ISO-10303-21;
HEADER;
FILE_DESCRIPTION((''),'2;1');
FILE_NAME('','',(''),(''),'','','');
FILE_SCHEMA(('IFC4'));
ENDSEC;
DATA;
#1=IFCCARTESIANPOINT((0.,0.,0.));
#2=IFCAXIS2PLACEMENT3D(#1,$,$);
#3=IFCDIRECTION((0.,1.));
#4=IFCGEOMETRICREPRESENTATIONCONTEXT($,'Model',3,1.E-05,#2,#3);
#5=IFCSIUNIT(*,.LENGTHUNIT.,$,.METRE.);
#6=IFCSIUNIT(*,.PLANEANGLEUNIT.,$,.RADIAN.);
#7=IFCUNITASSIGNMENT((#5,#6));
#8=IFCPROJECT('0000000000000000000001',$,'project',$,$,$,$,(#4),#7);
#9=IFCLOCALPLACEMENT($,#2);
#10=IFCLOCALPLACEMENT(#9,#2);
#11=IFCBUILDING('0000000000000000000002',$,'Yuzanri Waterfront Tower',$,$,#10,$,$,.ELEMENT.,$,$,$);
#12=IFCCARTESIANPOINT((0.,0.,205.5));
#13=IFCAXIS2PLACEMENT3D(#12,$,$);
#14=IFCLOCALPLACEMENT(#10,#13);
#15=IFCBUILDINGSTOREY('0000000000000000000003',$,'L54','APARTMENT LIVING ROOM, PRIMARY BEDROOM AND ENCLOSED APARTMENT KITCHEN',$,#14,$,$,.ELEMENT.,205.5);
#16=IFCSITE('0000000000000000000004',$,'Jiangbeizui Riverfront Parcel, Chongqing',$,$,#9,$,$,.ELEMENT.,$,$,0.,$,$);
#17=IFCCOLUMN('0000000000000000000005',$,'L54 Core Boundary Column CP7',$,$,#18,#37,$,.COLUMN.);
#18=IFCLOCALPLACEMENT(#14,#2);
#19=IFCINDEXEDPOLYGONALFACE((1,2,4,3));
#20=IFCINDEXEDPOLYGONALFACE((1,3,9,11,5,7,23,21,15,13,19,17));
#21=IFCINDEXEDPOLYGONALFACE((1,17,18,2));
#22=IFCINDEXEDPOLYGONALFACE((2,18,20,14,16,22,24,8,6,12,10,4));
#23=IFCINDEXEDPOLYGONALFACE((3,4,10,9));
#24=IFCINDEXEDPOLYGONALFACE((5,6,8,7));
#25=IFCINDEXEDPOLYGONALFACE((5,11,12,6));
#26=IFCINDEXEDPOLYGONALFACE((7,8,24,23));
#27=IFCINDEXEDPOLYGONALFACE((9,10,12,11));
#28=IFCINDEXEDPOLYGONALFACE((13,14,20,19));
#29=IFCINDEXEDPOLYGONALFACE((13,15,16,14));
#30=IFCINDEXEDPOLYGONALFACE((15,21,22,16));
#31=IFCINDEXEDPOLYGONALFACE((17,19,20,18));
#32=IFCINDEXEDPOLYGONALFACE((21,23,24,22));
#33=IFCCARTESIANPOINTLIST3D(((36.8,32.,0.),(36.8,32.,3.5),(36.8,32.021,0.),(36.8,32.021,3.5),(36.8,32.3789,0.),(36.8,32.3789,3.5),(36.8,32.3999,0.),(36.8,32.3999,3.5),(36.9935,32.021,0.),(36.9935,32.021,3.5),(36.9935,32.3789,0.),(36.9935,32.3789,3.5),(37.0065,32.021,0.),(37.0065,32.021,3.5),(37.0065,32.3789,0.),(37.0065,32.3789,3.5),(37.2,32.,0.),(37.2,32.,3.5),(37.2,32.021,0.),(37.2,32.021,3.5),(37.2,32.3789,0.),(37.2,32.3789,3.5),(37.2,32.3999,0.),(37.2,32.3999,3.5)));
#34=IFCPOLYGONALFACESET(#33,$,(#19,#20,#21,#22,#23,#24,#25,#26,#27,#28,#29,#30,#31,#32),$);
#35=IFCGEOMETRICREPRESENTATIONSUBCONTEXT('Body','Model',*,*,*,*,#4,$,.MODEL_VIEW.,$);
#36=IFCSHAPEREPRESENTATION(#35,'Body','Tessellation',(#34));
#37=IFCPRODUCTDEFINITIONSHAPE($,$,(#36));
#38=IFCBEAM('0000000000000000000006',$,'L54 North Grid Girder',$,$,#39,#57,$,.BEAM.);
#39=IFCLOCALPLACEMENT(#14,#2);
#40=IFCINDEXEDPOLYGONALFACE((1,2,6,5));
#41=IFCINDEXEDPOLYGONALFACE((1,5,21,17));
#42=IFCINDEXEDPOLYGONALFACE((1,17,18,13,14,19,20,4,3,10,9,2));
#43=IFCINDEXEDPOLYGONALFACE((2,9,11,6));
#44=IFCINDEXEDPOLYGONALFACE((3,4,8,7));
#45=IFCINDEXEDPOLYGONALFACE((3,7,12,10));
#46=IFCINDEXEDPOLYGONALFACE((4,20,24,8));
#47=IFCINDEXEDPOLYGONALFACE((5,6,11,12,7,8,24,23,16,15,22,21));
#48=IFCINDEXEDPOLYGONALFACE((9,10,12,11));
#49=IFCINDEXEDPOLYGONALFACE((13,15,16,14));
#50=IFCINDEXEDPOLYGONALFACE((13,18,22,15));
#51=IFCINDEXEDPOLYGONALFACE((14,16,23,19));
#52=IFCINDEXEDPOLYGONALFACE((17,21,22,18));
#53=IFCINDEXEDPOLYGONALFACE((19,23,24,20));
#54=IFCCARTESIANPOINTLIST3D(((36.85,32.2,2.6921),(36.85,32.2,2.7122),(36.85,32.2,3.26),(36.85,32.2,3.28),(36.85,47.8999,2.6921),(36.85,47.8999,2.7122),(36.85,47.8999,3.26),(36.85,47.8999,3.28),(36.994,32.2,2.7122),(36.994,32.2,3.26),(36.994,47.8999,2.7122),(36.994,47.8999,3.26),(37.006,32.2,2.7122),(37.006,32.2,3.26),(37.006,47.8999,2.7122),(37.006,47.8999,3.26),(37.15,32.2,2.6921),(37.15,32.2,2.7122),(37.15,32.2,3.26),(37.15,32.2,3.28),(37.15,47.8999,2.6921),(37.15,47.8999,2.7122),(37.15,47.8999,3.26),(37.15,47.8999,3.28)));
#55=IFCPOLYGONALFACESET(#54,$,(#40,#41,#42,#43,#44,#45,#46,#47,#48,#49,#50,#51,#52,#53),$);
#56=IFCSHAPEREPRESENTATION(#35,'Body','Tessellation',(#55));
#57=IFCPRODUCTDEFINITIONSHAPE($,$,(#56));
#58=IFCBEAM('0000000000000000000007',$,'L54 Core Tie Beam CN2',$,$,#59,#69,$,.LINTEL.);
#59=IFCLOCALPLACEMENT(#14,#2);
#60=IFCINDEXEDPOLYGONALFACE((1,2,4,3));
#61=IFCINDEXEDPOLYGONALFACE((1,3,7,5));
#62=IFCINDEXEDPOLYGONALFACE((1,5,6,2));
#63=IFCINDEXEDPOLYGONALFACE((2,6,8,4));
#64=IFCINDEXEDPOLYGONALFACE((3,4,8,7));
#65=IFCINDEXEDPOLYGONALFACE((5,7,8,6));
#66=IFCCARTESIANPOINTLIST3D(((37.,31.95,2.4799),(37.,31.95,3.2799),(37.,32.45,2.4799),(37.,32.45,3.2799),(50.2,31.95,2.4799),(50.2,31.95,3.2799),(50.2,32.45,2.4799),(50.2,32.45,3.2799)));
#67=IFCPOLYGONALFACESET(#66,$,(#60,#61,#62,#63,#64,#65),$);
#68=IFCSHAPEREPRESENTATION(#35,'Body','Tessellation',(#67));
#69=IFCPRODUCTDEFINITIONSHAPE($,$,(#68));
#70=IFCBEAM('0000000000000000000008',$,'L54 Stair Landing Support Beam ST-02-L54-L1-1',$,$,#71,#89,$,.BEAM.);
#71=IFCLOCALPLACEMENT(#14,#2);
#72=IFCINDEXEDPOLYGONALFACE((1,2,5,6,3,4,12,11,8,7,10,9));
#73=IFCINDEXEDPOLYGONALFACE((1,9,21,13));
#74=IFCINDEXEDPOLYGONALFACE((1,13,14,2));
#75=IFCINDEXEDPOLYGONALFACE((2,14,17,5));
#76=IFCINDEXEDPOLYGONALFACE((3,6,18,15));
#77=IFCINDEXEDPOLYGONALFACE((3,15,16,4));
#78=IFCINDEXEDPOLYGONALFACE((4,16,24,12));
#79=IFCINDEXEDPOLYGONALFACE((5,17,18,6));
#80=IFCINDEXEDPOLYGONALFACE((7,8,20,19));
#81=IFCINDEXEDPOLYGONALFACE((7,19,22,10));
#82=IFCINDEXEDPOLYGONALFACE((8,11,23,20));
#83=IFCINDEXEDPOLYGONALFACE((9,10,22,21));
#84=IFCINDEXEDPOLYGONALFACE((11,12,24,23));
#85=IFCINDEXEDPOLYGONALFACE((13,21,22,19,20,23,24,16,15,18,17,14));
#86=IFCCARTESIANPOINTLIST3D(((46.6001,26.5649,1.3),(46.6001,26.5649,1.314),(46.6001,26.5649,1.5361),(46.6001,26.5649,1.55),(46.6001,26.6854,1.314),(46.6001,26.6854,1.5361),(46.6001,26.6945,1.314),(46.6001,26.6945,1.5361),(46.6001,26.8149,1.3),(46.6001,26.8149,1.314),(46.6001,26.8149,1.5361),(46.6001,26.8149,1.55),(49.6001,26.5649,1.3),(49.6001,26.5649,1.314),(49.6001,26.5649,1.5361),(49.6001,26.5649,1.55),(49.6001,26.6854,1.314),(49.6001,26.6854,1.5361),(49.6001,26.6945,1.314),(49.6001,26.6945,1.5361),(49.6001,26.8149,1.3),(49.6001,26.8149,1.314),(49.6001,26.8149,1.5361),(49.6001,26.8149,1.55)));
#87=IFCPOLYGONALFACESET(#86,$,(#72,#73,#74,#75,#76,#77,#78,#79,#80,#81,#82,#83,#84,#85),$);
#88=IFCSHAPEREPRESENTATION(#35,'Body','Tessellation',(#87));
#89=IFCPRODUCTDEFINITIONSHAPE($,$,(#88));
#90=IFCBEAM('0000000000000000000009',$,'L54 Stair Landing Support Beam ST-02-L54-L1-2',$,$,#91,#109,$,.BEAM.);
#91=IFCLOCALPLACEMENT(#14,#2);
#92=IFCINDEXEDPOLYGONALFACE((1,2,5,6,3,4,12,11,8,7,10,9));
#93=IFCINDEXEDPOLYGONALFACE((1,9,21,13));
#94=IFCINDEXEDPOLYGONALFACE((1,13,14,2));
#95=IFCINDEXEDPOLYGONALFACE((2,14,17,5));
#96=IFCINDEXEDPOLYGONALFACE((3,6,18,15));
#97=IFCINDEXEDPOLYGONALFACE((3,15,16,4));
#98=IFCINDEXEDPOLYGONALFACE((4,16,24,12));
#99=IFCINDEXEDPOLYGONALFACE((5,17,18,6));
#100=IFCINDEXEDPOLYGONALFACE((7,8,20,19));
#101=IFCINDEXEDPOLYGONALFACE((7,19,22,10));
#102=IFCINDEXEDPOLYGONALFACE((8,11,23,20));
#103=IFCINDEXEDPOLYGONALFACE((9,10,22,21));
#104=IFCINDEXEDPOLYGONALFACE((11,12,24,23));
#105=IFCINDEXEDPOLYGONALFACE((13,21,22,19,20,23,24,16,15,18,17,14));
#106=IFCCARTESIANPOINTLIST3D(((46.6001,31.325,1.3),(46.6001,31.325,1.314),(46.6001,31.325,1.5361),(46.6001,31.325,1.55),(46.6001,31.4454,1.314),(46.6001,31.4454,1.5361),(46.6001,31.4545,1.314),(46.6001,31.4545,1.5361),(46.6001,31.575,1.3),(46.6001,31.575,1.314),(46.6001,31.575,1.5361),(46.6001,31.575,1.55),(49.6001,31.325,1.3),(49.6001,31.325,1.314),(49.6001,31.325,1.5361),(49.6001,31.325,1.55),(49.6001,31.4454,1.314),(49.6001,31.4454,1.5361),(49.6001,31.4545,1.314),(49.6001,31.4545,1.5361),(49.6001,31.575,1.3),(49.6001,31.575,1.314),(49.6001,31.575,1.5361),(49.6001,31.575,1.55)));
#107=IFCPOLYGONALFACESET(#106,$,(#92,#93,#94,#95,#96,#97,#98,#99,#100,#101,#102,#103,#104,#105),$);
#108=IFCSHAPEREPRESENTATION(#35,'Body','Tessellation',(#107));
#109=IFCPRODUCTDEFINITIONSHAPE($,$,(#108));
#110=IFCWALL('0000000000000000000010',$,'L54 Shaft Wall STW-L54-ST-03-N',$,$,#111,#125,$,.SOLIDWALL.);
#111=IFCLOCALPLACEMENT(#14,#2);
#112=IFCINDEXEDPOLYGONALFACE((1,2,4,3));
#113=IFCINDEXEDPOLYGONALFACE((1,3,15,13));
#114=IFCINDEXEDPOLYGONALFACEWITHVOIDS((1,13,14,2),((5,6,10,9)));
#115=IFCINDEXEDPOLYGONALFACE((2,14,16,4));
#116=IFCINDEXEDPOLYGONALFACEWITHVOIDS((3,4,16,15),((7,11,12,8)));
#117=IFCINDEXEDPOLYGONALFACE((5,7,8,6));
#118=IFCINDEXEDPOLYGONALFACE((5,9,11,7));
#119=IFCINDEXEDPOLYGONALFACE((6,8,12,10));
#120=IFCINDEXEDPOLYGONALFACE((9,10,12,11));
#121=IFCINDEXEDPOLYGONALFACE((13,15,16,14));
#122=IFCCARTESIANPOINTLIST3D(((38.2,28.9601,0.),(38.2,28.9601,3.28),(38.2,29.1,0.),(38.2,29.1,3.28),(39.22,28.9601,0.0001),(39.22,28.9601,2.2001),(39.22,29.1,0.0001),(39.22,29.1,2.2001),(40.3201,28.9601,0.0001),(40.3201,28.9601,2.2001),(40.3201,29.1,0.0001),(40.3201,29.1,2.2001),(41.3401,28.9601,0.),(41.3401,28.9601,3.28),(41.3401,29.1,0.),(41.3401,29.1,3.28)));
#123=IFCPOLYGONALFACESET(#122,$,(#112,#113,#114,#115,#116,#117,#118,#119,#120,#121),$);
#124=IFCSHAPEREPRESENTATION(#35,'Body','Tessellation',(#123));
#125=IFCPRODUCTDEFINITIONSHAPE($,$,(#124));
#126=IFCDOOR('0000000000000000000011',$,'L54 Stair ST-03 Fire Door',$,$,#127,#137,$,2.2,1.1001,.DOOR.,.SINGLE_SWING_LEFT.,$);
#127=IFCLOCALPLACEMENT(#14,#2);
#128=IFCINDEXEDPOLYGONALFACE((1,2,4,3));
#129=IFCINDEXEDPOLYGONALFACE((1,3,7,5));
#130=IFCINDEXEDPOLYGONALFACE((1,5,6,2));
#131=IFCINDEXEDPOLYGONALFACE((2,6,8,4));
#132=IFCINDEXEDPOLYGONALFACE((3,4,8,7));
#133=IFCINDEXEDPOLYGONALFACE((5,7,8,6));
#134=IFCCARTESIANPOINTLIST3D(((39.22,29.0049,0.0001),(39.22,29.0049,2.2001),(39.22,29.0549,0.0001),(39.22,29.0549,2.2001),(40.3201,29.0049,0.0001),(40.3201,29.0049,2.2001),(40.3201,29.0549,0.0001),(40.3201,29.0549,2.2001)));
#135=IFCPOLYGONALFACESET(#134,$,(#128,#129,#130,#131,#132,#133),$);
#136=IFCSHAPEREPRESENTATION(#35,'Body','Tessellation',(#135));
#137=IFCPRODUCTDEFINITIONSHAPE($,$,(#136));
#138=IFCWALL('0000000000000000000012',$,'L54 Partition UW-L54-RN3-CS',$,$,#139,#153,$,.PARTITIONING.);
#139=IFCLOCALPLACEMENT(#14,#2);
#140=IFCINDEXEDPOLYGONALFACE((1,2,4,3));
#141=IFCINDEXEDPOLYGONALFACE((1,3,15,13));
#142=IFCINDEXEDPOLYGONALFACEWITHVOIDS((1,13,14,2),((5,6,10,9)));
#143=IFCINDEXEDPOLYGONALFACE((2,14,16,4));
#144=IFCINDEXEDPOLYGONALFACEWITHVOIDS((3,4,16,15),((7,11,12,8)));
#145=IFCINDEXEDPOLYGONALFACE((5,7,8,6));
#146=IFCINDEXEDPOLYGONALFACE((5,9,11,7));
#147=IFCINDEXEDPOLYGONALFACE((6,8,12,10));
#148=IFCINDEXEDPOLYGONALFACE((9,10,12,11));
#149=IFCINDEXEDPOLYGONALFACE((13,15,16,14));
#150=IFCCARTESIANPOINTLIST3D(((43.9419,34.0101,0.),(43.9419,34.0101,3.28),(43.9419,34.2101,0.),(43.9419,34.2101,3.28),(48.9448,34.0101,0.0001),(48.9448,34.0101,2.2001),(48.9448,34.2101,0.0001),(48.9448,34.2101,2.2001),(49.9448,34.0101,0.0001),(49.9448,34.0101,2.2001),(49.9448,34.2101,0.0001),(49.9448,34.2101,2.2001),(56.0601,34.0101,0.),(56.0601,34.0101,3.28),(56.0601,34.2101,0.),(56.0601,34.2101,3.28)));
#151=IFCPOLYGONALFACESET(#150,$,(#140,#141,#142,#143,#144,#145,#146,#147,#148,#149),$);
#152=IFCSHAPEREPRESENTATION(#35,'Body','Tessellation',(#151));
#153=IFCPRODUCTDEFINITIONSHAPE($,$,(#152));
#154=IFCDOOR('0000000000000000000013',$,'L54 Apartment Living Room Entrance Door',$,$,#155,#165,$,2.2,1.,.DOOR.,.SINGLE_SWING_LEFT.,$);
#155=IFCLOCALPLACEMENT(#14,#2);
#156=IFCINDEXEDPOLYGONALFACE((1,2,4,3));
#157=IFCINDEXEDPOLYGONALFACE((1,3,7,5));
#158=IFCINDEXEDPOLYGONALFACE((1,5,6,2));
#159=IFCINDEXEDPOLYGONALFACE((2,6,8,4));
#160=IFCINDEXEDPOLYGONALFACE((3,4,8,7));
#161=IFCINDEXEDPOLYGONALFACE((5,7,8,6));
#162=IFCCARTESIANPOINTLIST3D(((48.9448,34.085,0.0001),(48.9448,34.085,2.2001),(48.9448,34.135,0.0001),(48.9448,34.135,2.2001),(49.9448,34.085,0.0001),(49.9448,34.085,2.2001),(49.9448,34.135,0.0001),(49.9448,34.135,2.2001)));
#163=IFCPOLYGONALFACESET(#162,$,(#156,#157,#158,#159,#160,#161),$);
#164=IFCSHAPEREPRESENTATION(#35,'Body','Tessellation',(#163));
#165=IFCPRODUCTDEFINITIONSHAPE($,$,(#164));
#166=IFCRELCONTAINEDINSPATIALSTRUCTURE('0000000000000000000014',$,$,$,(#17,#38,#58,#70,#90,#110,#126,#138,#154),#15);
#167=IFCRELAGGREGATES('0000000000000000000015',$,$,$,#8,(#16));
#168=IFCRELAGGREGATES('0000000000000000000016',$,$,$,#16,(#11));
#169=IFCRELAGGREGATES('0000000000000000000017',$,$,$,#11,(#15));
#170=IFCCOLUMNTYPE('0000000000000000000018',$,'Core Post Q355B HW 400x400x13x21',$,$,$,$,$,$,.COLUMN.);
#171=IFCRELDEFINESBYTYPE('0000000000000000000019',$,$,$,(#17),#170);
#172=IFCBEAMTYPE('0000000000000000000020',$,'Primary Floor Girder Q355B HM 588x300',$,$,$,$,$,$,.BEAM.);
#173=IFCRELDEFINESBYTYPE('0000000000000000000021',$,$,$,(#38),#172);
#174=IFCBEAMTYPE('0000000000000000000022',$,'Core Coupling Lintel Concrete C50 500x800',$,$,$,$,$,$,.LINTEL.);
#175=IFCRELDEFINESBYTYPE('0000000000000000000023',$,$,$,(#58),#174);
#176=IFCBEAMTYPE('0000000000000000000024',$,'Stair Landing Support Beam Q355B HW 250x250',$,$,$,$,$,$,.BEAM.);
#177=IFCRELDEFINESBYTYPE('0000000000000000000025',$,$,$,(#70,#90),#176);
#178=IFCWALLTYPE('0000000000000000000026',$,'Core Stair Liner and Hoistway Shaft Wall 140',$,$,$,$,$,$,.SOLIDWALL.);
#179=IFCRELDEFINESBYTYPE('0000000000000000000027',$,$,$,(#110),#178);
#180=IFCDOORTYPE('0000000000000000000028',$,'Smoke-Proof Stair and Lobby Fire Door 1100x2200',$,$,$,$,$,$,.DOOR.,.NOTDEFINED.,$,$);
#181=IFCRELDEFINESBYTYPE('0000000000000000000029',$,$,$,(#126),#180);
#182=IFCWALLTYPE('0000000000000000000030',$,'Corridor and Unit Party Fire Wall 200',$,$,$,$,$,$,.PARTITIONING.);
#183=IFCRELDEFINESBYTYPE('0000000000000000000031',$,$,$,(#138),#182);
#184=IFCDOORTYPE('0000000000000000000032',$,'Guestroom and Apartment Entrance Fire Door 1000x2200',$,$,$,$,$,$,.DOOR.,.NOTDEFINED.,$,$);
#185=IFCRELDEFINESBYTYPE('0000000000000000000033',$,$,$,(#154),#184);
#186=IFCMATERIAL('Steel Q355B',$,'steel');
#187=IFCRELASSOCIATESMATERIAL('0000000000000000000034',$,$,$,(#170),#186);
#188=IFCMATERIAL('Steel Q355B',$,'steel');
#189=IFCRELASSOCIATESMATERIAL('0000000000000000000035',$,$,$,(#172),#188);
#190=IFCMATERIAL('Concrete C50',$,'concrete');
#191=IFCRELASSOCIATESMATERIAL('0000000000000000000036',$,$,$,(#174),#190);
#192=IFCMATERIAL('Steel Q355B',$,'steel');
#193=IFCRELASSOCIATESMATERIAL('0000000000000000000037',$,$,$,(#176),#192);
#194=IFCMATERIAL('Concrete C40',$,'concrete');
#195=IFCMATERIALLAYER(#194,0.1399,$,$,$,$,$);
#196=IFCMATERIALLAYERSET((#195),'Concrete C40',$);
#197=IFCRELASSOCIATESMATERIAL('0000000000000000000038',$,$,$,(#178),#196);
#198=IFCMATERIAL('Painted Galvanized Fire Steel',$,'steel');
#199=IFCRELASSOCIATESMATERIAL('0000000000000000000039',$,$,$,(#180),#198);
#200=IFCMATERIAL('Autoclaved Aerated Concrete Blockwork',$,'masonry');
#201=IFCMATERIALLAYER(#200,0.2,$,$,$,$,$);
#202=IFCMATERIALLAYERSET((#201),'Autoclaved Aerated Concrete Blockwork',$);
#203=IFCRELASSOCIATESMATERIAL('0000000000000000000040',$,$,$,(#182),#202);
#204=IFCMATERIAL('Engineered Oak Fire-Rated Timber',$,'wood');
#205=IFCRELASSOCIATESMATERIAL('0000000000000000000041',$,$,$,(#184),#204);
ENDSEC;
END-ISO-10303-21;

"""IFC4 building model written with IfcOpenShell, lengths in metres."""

from ifc_helpers import new_model, si_unit, direction, frame, frame_2d, origin, origin_2d, place, context, subcontext, project, spatial, rectangle, i_section, extrude, source, transform, mapped, material, layer, layer_set, material_profile, profile_set, type_object, element, fill, save


model = new_model("IFC4")

# Units and contexts
model_context = context("Model", 3, precision=1e-05, world=origin(), true_north=direction((0.0, 1.0)))
body_context = subcontext(model_context, "Body", "Model", "MODEL_VIEW")
ifc_project = project(units=[si_unit("LENGTHUNIT", "METRE"), si_unit("PLANEANGLEUNIT", "RADIAN")], contexts=[model_context])

# Site, building, storey
site_placement = place(None, origin())
site = spatial("IfcSite", under=ifc_project, at=site_placement, Name="Jiangbeizui Riverfront Parcel, Chongqing", CompositionType="ELEMENT", RefElevation=0.0)
building_placement = place(site_placement, origin())
building = spatial("IfcBuilding", under=site, at=building_placement, Name="Yuzanri Waterfront Tower", CompositionType="ELEMENT")
storey_placement = place(building_placement, frame((0.0, 0.0, 205.5)))
storey = spatial("IfcBuildingStorey", under=building, at=storey_placement, Name="L54", Description="APARTMENT LIVING ROOM, PRIMARY BEDROOM AND ENCLOSED APARTMENT KITCHEN", CompositionType="ELEMENT", Elevation=205.5)

# Column
ifc_material_1 = material(Name="Steel Q355B", Category="steel")
ifc_material_profile_1 = material_profile(ifc_material_1, i_section(OverallWidth=0.3999, OverallDepth=0.3999, WebThickness=0.0129, FlangeThickness=0.021, at=origin_2d()), Name="HW 400x400x13x21")
ifc_profile_set_1 = profile_set([ifc_material_profile_1], Name="Steel Q355B")
column_type = type_object("IfcColumnType", Name="Core Post Q355B HW 400x400x13x21", PredefinedType="COLUMN", material=ifc_profile_set_1)
shared_shape_1 = source(origin(), body_context, "Body", "SweptSolid", [
    extrude(i_section(OverallWidth=0.3999, OverallDepth=0.3999, WebThickness=0.0129, FlangeThickness=0.021, at=origin_2d()), origin(), (0.0, 0.0, 1.0), 3.5),
])
column_placement = place(storey_placement, frame((37.0, 32.2, 0.0), z_axis=(0.0, 0.0, 1.0), x_axis=(1.0, 0.0, 0.0)))
element("IfcColumn", 1, at=column_placement, inside=storey, type_object=column_type, Name="L54 Core Boundary Column CP7", PredefinedType="COLUMN", context=body_context, shape_type="MappedRepresentation", body=[
    mapped(shared_shape_1, transform((0.0, 0.0, 0.0), scale=1.0)),
])

# Beams
ifc_material_2 = material(Name="Steel Q355B", Category="steel")
ifc_material_profile_2 = material_profile(ifc_material_2, i_section(OverallWidth=0.3, OverallDepth=0.5879, WebThickness=0.012, FlangeThickness=0.02, at=origin_2d()), Name="HM 588x300x12x20")
ifc_profile_set_2 = profile_set([ifc_material_profile_2], Name="Steel Q355B")
beam_type_1 = type_object("IfcBeamType", Name="Primary Floor Girder Q355B HM 588x300", PredefinedType="BEAM", material=ifc_profile_set_2)
shared_shape_2 = source(origin(), body_context, "Body", "SweptSolid", [
    extrude(i_section(OverallWidth=0.3, OverallDepth=0.5879, WebThickness=0.012, FlangeThickness=0.02, at=origin_2d()), origin(), (0.0, 0.0, 1.0), 15.7),
])
beam_1_placement = place(storey_placement, frame((37.0, 32.2, 2.9861), z_axis=(0.0, 1.0, 0.0), x_axis=(-1.0, 0.0, 0.0)))
element("IfcBeam", 2, at=beam_1_placement, inside=storey, type_object=beam_type_1, Name="L54 North Grid Girder", PredefinedType="BEAM", context=body_context, shape_type="MappedRepresentation", body=[
    mapped(shared_shape_2, transform((0.0, 0.0, 0.0), scale=1.0)),
])
ifc_material_3 = material(Name="Concrete C50", Category="concrete")
ifc_material_profile_3 = material_profile(ifc_material_3, rectangle(XDim=0.5, YDim=0.8, at=origin_2d()), Name="RC 500x800")
ifc_profile_set_3 = profile_set([ifc_material_profile_3], Name="Concrete C50")
beam_type_2 = type_object("IfcBeamType", Name="Core Coupling Lintel Concrete C50 500x800", PredefinedType="LINTEL", material=ifc_profile_set_3)
shared_shape_3 = source(origin(), body_context, "Body", "SweptSolid", [
    extrude(rectangle(XDim=0.5, YDim=0.8, at=origin_2d()), origin(), (0.0, 0.0, 1.0), 13.2),
])
beam_2_placement = place(storey_placement, frame((37.0, 32.2, 2.8799), z_axis=(1.0, 0.0, 0.0), x_axis=(0.0, 1.0, 0.0)))
element("IfcBeam", 3, at=beam_2_placement, inside=storey, type_object=beam_type_2, Name="L54 Core Tie Beam CN2", PredefinedType="LINTEL", context=body_context, shape_type="MappedRepresentation", body=[
    mapped(shared_shape_3, transform((0.0, 0.0, 0.0), scale=1.0)),
])
ifc_material_4 = material(Name="Steel Q355B", Category="steel")
ifc_material_profile_4 = material_profile(ifc_material_4, i_section(OverallWidth=0.25, OverallDepth=0.25, WebThickness=0.009, FlangeThickness=0.0139, at=origin_2d()), Name="HW 250x250x9x14")
ifc_profile_set_4 = profile_set([ifc_material_profile_4], Name="Steel Q355B")
beam_type_3 = type_object("IfcBeamType", Name="Stair Landing Support Beam Q355B HW 250x250", PredefinedType="BEAM", material=ifc_profile_set_4)
shared_shape_4 = source(origin(), body_context, "Body", "SweptSolid", [
    extrude(i_section(OverallWidth=0.25, OverallDepth=0.25, WebThickness=0.009, FlangeThickness=0.0139, at=origin_2d()), origin(), (0.0, 0.0, 1.0), 3.0),
])
for number, where, z_axis, x_axis, name in (
    (4, (46.6001, 26.6899, 1.425), (1.0, 0.0, 0.0), (0.0, 1.0, 0.0), "L54 Stair Landing Support Beam ST-02-L54-L1-1"),
    (5, (46.6001, 31.45, 1.425), (1.0, 0.0, 0.0), (0.0, 1.0, 0.0), "L54 Stair Landing Support Beam ST-02-L54-L1-2"),
):
    element("IfcBeam", number, at=place(storey_placement, frame(where, z_axis=z_axis, x_axis=x_axis)), inside=storey, type_object=beam_type_3, Name=name, PredefinedType="BEAM", context=body_context, shape_type="MappedRepresentation", body=[
        mapped(shared_shape_4, transform((0.0, 0.0, 0.0), scale=1.0)),
    ])

# Walls, openings, doors
ifc_material_5 = material(Name="Concrete C40", Category="concrete")
ifc_layer_1 = layer(ifc_material_5, 0.1399)
ifc_layer_set_1 = layer_set([ifc_layer_1], Name="Concrete C40")
wall_type_1 = type_object("IfcWallType", Name="Core Stair Liner and Hoistway Shaft Wall 140", PredefinedType="SOLIDWALL", material=ifc_layer_set_1)
wall_1_placement = place(storey_placement, frame((38.2, 29.03, 0.0), z_axis=(0.0, 0.0, 1.0), x_axis=(1.0, 0.0, 0.0)))
wall_1 = element("IfcWall", 6, at=wall_1_placement, inside=storey, type_object=wall_type_1, Name="L54 Shaft Wall STW-L54-ST-03-N", PredefinedType="SOLIDWALL", context=body_context, shape_type="SweptSolid", body=[
    extrude(rectangle(XDim=3.1401, YDim=0.1399, at=frame_2d((1.5701, 0.0))), origin(), (0.0, 0.0, 1.0), 3.28),
])
opening_1_placement = place(wall_1_placement, frame((1.02, 0.0, 0.0)))
opening_1 = element("IfcOpeningElement", 7, at=opening_1_placement, cuts=wall_1, PredefinedType="OPENING", context=body_context, shape_type="SweptSolid", body=[
    extrude(rectangle(XDim=1.1001, YDim=2.2, at=frame_2d((0.55, 1.1001))), frame((0.0, 0.085, 0.0), z_axis=(0.0, -1.0, 0.0), x_axis=(1.0, 0.0, 0.0)), (0.0, 0.0, 1.0), 0.1697),
])
ifc_material_6 = material(Name="Painted Galvanized Fire Steel", Category="steel")
door_type_1 = type_object("IfcDoorType", Name="Smoke-Proof Stair and Lobby Fire Door 1100x2200", OperationType="NOTDEFINED", PredefinedType="DOOR", material=ifc_material_6)
shared_shape_5 = source(origin(), body_context, "Body", "SweptSolid", [
    extrude(rectangle(XDim=1.1001, YDim=2.2, at=frame_2d((0.55, 1.1001))), frame((0.0, 0.0249, 0.0), z_axis=(0.0, -1.0, 0.0), x_axis=(1.0, 0.0, 0.0)), (0.0, 0.0, 1.0), 0.05),
])
door_1_placement = place(opening_1_placement, origin())
door_1 = element("IfcDoor", 8, at=door_1_placement, inside=storey, type_object=door_type_1, Name="L54 Stair ST-03 Fire Door", OperationType="SINGLE_SWING_LEFT", OverallHeight=2.2, OverallWidth=1.1001, PredefinedType="DOOR", context=body_context, shape_type="MappedRepresentation", body=[
    mapped(shared_shape_5, transform((0.0, 0.0, 0.0), scale=1.0)),
])
fill(opening_1, door_1)
ifc_material_7 = material(Name="Autoclaved Aerated Concrete Blockwork", Category="masonry")
ifc_layer_2 = layer(ifc_material_7, 0.2)
ifc_layer_set_2 = layer_set([ifc_layer_2], Name="Autoclaved Aerated Concrete Blockwork")
wall_type_2 = type_object("IfcWallType", Name="Corridor and Unit Party Fire Wall 200", PredefinedType="PARTITIONING", material=ifc_layer_set_2)
wall_2_placement = place(storey_placement, frame((43.9419, 34.1101, 0.0), z_axis=(0.0, 0.0, 1.0), x_axis=(1.0, 0.0, 0.0)))
wall_2 = element("IfcWall", 9, at=wall_2_placement, inside=storey, type_object=wall_type_2, Name="L54 Partition UW-L54-RN3-CS", PredefinedType="PARTITIONING", context=body_context, shape_type="SweptSolid", body=[
    extrude(rectangle(XDim=12.1182, YDim=0.2, at=frame_2d((6.0591, 0.0))), origin(), (0.0, 0.0, 1.0), 3.28),
])
opening_2_placement = place(wall_2_placement, frame((5.0029, 0.0, 0.0)))
opening_2 = element("IfcOpeningElement", 10, at=opening_2_placement, cuts=wall_2, PredefinedType="OPENING", context=body_context, shape_type="SweptSolid", body=[
    extrude(rectangle(XDim=1.0, YDim=2.2, at=frame_2d((0.5, 1.1001))), frame((0.0, 0.1147, 0.0), z_axis=(0.0, -1.0, 0.0), x_axis=(1.0, 0.0, 0.0)), (0.0, 0.0, 1.0), 0.2297),
])
ifc_material_8 = material(Name="Engineered Oak Fire-Rated Timber", Category="wood")
door_type_2 = type_object("IfcDoorType", Name="Guestroom and Apartment Entrance Fire Door 1000x2200", OperationType="NOTDEFINED", PredefinedType="DOOR", material=ifc_material_8)
shared_shape_6 = source(origin(), body_context, "Body", "SweptSolid", [
    extrude(rectangle(XDim=1.0, YDim=2.2, at=frame_2d((0.5, 1.1001))), frame((0.0, 0.0249, 0.0), z_axis=(0.0, -1.0, 0.0), x_axis=(1.0, 0.0, 0.0)), (0.0, 0.0, 1.0), 0.05),
])
door_2_placement = place(opening_2_placement, origin())
door_2 = element("IfcDoor", 11, at=door_2_placement, inside=storey, type_object=door_type_2, Name="L54 Apartment Living Room Entrance Door", OperationType="SINGLE_SWING_LEFT", OverallHeight=2.2, OverallWidth=1.0, PredefinedType="DOOR", context=body_context, shape_type="MappedRepresentation", body=[
    mapped(shared_shape_6, transform((0.0, 0.0, 0.0), scale=1.0)),
])
fill(opening_2, door_2)

save(model, "model.ifc")
